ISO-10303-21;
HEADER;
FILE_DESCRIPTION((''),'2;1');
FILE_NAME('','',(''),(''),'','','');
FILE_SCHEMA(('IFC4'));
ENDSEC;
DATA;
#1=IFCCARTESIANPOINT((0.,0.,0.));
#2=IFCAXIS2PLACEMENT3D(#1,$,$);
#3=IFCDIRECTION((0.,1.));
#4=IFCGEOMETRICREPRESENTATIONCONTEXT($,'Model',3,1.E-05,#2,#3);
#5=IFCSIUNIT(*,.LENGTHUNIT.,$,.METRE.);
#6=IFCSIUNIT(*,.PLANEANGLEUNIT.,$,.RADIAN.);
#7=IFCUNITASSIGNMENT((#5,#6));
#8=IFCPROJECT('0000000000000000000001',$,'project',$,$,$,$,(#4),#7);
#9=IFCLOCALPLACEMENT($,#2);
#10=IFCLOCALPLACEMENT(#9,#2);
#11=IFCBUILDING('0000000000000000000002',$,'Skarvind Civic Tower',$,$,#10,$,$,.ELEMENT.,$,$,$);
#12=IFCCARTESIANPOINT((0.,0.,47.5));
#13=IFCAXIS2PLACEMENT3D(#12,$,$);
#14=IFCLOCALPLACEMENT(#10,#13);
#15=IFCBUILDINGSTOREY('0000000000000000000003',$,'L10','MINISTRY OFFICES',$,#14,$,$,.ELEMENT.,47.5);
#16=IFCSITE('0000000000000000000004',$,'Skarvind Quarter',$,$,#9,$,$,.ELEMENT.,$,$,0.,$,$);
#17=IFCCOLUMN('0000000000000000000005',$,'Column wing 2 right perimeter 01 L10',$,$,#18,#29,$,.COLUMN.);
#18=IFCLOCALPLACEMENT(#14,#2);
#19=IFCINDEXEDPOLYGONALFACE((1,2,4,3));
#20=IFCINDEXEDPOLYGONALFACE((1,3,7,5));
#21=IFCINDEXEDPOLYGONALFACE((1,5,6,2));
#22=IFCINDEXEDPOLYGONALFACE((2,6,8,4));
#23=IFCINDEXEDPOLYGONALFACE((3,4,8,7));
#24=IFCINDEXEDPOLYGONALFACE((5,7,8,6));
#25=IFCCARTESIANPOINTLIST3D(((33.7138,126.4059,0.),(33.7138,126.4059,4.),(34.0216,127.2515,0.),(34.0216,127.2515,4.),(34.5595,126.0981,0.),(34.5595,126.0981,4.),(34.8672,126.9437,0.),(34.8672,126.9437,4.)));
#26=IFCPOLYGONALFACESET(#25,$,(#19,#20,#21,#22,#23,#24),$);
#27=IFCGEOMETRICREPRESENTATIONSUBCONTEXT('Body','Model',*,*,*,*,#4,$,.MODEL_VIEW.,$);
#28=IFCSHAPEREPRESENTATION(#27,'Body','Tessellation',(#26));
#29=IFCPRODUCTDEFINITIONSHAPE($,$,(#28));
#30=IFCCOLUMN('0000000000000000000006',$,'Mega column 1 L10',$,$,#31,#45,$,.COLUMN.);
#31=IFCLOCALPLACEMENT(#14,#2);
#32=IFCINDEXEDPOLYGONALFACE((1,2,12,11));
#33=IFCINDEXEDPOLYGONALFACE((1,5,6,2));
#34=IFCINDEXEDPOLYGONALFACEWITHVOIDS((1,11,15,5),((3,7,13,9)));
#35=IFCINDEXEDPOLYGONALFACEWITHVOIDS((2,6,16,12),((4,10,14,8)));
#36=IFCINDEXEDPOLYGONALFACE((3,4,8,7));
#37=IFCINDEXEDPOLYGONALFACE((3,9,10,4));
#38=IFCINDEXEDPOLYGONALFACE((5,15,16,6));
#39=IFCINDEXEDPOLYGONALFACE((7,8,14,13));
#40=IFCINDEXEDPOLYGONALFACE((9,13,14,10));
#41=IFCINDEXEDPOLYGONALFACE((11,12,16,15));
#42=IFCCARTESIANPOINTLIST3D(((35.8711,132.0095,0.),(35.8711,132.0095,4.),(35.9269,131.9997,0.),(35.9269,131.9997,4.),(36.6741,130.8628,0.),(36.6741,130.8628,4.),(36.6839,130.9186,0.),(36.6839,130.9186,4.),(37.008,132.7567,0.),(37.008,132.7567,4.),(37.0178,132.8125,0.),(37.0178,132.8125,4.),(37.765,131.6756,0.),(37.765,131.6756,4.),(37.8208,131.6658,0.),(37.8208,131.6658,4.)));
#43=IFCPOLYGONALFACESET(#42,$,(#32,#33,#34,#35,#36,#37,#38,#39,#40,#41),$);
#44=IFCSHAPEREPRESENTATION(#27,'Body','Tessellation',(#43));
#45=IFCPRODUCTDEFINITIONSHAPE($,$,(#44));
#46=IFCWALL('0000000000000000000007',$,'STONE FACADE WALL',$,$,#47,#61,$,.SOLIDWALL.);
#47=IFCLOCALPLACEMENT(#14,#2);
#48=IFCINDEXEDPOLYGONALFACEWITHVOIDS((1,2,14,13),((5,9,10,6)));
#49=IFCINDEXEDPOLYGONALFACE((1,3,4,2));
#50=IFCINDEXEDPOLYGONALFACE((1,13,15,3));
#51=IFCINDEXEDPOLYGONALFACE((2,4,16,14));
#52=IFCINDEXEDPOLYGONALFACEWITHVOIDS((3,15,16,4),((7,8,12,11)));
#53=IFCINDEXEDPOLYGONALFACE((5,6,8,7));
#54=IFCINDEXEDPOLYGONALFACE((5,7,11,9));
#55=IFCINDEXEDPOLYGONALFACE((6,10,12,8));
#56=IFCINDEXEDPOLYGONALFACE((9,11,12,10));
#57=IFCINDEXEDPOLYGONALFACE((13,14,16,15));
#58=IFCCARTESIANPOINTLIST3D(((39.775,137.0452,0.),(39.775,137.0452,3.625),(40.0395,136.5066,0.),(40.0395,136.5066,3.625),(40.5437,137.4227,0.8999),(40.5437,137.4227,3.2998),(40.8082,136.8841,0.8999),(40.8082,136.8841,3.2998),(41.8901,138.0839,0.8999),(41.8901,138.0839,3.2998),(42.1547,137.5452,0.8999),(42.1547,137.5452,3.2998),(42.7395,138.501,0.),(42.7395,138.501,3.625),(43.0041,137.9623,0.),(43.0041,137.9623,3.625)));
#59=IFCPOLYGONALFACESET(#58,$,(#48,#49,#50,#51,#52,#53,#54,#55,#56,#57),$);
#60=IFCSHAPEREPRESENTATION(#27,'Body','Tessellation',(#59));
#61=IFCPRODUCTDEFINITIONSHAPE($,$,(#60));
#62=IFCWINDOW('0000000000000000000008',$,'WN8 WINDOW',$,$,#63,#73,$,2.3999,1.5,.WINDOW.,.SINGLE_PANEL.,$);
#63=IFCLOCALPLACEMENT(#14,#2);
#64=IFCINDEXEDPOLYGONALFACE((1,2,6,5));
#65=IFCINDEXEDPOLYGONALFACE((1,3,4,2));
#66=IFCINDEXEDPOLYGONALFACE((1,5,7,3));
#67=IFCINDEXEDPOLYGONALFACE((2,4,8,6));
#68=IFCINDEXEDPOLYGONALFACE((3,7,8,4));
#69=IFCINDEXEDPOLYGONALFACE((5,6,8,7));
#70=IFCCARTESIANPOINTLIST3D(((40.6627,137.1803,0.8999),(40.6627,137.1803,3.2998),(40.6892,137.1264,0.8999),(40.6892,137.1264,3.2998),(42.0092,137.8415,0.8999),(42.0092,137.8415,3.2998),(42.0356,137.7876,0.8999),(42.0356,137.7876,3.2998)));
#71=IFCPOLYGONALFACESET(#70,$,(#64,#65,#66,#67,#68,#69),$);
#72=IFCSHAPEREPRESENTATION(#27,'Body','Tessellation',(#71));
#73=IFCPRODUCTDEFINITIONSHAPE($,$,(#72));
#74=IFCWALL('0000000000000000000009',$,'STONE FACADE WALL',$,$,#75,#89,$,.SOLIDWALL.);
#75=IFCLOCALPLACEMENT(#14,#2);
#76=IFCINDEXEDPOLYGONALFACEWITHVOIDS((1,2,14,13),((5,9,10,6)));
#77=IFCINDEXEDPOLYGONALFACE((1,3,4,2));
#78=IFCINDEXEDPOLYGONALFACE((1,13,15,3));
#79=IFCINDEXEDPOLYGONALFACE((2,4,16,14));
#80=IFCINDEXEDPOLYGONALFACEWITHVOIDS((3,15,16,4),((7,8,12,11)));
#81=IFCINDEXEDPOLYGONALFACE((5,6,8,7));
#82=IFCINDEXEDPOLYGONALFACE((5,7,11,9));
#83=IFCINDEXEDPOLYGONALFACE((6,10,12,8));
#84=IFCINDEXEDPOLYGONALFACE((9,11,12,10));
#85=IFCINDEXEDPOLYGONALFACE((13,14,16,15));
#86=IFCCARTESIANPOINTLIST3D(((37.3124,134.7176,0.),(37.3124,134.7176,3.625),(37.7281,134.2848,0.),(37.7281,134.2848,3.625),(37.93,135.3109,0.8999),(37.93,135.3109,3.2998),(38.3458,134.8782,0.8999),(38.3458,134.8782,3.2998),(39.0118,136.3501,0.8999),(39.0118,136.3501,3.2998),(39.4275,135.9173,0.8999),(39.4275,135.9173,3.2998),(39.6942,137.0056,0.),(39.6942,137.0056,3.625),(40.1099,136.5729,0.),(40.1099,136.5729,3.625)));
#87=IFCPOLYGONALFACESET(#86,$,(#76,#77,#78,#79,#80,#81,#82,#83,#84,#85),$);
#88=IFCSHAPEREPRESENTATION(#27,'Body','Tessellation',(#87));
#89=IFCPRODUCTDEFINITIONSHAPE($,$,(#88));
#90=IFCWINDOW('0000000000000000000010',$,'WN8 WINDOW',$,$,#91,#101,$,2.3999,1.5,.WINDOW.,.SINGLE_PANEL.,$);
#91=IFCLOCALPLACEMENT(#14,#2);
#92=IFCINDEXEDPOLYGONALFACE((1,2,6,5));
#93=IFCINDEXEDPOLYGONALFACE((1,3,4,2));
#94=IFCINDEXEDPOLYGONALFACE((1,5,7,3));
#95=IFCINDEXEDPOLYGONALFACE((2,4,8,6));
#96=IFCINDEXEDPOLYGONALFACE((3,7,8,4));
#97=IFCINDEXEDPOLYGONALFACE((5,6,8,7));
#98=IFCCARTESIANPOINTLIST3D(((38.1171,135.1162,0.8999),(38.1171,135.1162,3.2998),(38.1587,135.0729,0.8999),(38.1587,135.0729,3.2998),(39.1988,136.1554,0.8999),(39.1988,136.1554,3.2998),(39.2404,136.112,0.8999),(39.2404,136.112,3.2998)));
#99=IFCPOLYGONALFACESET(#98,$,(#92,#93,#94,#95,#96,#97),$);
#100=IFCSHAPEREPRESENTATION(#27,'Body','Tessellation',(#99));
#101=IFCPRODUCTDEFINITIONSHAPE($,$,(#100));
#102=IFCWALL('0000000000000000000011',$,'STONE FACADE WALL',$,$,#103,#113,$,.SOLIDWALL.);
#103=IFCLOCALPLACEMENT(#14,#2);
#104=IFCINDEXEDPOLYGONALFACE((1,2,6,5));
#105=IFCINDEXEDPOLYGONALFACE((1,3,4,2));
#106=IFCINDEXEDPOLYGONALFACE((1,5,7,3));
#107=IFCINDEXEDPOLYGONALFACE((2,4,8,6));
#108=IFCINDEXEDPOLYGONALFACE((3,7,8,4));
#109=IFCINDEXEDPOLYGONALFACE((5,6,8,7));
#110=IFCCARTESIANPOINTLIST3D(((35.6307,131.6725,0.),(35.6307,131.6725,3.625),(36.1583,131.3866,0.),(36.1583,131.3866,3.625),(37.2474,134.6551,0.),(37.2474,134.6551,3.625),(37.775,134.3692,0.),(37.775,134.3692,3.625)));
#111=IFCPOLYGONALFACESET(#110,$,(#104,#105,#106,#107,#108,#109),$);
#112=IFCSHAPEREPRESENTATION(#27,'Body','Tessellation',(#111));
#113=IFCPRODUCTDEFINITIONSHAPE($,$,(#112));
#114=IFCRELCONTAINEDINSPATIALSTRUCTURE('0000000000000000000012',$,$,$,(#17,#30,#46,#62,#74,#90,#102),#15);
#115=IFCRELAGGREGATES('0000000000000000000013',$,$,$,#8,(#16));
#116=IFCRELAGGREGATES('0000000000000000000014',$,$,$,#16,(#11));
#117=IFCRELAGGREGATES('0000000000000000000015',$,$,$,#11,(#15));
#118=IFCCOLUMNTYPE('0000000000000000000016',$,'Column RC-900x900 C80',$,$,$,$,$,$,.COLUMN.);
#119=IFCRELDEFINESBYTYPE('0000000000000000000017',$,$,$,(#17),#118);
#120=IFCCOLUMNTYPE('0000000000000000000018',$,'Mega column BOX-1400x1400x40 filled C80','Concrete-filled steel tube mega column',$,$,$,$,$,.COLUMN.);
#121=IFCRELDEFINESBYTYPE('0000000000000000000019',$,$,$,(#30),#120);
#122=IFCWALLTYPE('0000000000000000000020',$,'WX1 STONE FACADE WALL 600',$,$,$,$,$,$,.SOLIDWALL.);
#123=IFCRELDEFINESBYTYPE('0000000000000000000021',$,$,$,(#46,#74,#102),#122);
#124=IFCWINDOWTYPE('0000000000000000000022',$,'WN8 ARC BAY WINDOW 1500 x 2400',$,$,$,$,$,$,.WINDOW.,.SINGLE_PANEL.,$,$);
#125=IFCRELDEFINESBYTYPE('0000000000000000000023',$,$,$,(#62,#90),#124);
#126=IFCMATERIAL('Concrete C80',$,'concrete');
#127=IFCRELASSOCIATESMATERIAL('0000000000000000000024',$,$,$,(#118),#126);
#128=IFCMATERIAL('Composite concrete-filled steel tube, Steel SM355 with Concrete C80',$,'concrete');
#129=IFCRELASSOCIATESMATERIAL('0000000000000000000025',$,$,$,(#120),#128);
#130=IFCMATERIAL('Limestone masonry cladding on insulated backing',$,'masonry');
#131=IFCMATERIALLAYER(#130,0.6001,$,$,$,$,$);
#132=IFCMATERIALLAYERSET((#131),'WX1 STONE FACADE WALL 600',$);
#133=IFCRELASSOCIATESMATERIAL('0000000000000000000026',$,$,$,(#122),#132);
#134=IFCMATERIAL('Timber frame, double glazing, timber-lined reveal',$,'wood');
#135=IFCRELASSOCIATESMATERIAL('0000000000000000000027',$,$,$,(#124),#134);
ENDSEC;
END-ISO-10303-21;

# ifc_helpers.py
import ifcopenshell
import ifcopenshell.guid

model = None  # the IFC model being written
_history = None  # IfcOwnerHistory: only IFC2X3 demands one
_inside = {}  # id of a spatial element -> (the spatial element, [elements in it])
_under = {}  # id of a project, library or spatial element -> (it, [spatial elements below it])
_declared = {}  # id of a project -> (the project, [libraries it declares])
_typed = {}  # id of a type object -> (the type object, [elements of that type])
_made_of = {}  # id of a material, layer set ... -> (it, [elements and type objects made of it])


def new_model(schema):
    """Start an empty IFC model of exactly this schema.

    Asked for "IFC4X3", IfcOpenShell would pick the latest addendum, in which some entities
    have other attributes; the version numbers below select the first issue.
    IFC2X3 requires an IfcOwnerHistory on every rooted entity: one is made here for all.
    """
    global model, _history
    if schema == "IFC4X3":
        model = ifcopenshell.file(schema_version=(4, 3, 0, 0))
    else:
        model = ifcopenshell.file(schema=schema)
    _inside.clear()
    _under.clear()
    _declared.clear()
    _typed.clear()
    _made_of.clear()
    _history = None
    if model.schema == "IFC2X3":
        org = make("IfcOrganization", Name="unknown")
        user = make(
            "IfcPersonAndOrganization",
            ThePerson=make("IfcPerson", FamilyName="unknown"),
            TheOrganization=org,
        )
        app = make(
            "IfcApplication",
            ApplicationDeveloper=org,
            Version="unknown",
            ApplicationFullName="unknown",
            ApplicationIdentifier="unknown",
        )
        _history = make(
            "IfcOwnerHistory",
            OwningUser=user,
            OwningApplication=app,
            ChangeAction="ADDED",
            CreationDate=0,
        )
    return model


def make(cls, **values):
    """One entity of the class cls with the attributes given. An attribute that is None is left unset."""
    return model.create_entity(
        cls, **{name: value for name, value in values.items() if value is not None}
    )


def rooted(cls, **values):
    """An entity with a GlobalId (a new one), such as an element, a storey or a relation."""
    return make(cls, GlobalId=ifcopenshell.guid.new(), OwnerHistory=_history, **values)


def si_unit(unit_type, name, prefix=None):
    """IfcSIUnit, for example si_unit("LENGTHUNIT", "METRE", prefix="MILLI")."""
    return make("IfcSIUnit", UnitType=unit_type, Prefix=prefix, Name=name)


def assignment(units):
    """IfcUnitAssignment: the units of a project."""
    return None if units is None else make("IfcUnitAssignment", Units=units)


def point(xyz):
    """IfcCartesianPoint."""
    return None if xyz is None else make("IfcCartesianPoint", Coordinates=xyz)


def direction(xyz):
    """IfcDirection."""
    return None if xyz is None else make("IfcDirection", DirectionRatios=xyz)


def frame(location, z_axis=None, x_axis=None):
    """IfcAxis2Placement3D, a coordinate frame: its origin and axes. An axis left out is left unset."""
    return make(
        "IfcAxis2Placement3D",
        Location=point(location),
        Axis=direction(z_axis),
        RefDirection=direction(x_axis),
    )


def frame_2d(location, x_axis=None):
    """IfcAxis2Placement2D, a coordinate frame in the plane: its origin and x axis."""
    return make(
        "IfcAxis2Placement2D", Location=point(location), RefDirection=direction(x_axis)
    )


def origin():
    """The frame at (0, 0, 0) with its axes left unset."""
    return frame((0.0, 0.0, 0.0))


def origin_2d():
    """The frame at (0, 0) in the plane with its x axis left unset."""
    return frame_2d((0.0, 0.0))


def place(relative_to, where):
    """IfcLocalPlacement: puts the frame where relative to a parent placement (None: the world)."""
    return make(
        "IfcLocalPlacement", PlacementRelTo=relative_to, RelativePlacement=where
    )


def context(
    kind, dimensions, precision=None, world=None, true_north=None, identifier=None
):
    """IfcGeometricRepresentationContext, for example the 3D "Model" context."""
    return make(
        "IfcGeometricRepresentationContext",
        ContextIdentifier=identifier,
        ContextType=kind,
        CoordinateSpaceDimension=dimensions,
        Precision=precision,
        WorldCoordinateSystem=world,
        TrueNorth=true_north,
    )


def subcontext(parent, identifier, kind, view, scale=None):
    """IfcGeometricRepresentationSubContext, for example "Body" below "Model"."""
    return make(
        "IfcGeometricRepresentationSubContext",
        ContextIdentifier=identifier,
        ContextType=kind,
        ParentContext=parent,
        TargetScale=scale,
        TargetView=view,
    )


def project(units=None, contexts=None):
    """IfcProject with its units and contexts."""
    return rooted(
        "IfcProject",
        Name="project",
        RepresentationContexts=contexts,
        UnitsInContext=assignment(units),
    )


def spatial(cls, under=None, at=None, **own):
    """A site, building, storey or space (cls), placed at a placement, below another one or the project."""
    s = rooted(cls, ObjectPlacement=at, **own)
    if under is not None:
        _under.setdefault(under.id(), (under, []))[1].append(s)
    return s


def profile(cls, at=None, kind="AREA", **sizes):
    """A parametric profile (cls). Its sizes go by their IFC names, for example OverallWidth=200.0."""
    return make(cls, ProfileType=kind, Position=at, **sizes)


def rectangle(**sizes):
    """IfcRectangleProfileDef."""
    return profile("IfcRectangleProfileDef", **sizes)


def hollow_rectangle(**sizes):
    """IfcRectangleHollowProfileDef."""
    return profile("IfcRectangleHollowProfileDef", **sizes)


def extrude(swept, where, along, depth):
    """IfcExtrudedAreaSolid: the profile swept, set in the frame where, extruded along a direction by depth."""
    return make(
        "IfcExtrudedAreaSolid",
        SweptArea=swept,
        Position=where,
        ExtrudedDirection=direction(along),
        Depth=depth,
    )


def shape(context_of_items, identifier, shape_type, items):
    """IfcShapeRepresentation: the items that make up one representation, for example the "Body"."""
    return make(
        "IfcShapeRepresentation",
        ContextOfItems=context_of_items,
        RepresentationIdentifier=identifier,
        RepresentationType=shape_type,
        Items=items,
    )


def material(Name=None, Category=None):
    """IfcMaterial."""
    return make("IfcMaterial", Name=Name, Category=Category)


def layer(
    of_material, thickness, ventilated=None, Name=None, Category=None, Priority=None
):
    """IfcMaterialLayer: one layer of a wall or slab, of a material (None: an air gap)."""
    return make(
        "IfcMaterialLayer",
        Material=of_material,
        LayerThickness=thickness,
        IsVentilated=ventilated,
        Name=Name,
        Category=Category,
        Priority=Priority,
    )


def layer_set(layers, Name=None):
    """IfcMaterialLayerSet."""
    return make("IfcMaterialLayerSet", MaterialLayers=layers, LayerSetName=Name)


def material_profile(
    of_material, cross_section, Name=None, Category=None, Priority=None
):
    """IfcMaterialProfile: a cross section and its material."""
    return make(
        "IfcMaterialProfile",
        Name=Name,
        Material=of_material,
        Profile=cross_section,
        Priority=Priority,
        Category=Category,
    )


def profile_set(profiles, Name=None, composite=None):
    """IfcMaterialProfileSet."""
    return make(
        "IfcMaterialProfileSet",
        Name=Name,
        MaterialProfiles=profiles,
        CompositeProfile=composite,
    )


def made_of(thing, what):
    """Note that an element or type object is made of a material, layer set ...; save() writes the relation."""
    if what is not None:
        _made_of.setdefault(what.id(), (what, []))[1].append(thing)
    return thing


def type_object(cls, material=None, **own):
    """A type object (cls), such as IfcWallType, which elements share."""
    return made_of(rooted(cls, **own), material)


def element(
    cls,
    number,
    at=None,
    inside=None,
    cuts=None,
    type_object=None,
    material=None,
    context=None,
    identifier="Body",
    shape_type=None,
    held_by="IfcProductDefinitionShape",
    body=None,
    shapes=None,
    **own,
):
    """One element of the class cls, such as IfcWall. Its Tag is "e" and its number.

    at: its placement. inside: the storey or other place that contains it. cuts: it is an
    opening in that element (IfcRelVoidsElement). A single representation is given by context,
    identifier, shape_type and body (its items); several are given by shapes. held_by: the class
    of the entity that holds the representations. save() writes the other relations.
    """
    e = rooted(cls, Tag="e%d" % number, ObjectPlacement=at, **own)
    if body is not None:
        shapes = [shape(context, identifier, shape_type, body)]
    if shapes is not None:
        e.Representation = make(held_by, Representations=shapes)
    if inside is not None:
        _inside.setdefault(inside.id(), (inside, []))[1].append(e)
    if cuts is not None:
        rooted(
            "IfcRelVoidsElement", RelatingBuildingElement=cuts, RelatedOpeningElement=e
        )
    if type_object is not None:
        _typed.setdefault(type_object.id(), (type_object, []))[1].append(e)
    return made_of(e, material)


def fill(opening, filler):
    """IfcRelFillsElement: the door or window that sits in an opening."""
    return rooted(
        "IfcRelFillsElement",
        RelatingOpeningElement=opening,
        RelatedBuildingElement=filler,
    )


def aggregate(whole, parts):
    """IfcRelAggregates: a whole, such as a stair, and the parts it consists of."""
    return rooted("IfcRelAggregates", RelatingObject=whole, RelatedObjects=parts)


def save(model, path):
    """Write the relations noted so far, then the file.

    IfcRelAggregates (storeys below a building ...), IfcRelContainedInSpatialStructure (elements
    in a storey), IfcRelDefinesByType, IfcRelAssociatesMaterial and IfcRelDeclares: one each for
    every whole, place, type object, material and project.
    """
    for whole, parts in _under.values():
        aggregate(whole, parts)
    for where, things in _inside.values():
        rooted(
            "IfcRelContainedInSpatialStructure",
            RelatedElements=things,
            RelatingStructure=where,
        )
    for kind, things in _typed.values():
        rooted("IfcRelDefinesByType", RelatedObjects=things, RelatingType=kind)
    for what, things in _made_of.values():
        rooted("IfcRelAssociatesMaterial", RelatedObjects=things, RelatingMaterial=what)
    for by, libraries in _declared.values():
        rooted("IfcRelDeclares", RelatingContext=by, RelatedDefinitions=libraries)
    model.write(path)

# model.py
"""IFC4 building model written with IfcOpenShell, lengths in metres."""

from ifc_helpers import new_model, si_unit, direction, frame, frame_2d, origin, origin_2d, place, context, subcontext, project, spatial, rectangle, hollow_rectangle, extrude, material, layer, layer_set, material_profile, profile_set, type_object, element, fill, save


model = new_model("IFC4")

# Units and contexts
model_context = context("Model", 3, precision=1e-05, world=origin(), true_north=direction((0.0, 1.0)))
body_context = subcontext(model_context, "Body", "Model", "MODEL_VIEW")
ifc_project = project(units=[si_unit("LENGTHUNIT", "METRE"), si_unit("PLANEANGLEUNIT", "RADIAN")], contexts=[model_context])

# Site, building, storey
site_placement = place(None, origin())
site = spatial("IfcSite", under=ifc_project, at=site_placement, Name="Skarvind Quarter", CompositionType="ELEMENT", RefElevation=0.0)
building_placement = place(site_placement, origin())
building = spatial("IfcBuilding", under=site, at=building_placement, Name="Skarvind Civic Tower", CompositionType="ELEMENT")
storey_placement = place(building_placement, frame((0.0, 0.0, 47.5)))
storey = spatial("IfcBuildingStorey", under=building, at=storey_placement, Name="L10", Description="MINISTRY OFFICES", CompositionType="ELEMENT", Elevation=47.5)

# Columns
ifc_material_1 = material(Name="Concrete C80", Category="concrete")
ifc_material_profile_1 = material_profile(ifc_material_1, rectangle(XDim=0.8999, YDim=0.8999, at=origin_2d()), Name="RC-900x900")
ifc_profile_set_1 = profile_set([ifc_material_profile_1], Name="Concrete C80")
column_type_1 = type_object("IfcColumnType", Name="Column RC-900x900 C80", PredefinedType="COLUMN", material=ifc_profile_set_1)
column_1_placement = place(storey_placement, frame((34.2905, 126.6748, 0.0), z_axis=(0.0, 0.0, 1.0), x_axis=(-0.34202, -0.939693, 0.0)))
element("IfcColumn", 1, at=column_1_placement, inside=storey, type_object=column_type_1, Name="Column wing 2 right perimeter 01 L10", PredefinedType="COLUMN", context=body_context, shape_type="SweptSolid", body=[
    extrude(rectangle(XDim=0.8999, YDim=0.8999, at=origin_2d()), origin(), (0.0, 0.0, 1.0), 4.0),
])
ifc_material_2 = material(Name="Composite concrete-filled steel tube, Steel SM355 with Concrete C80", Category="concrete")
ifc_material_profile_2 = material_profile(ifc_material_2, hollow_rectangle(XDim=1.3999, YDim=1.3999, WallThickness=0.04, at=origin_2d()), Name="BOX-1400x1400x40")
ifc_profile_set_2 = profile_set([ifc_material_profile_2], Name="Composite concrete-filled steel tube, Steel SM355 with Concrete C80")
column_type_2 = type_object("IfcColumnType", Name="Mega column BOX-1400x1400x40 filled C80", Description="Concrete-filled steel tube mega column", PredefinedType="COLUMN", material=ifc_profile_set_2)
column_2_placement = place(storey_placement, frame((36.8459, 131.8376, 0.0), z_axis=(0.0, 0.0, 1.0), x_axis=(0.573576, -0.819152, 0.0)))
element("IfcColumn", 2, at=column_2_placement, inside=storey, type_object=column_type_2, Name="Mega column 1 L10", PredefinedType="COLUMN", context=body_context, shape_type="SweptSolid", body=[
    extrude(hollow_rectangle(XDim=1.3999, YDim=1.3999, WallThickness=0.04, at=origin_2d()), origin(), (0.0, 0.0, 1.0), 4.0),
])

# Walls, openings, windows
ifc_material_3 = material(Name="Limestone masonry cladding on insulated backing", Category="masonry")
ifc_layer = layer(ifc_material_3, 0.6001)
ifc_layer_set = layer_set([ifc_layer], Name="WX1 STONE FACADE WALL 600")
wall_type = type_object("IfcWallType", Name="WX1 STONE FACADE WALL 600", PredefinedType="SOLIDWALL", material=ifc_layer_set)
wall_1_placement = place(storey_placement, frame((39.9072, 136.7759, 0.0), z_axis=(0.0, 0.0, 1.0), x_axis=(0.897612, 0.440786, 0.0)))
wall_1 = element("IfcWall", 3, at=wall_1_placement, inside=storey, type_object=wall_type, Name="STONE FACADE WALL", PredefinedType="SOLIDWALL", context=body_context, shape_type="SweptSolid", body=[
    extrude(rectangle(XDim=3.3027, YDim=0.6001, at=frame_2d((1.6514, 0.0))), origin(), (0.0, 0.0, 1.0), 3.625),
])
opening_1_placement = place(wall_1_placement, frame((0.8564, 0.0, 0.8999)))
opening_1 = element("IfcOpeningElement", 4, at=opening_1_placement, cuts=wall_1, PredefinedType="OPENING", context=body_context, shape_type="SweptSolid", body=[
    extrude(rectangle(XDim=1.5, YDim=2.3999, at=frame_2d((0.75, 1.2))), frame((0.0, 0.3101, 0.0), z_axis=(0.0, -1.0, 0.0), x_axis=(1.0, 0.0, 0.0)), (0.0, 0.0, 1.0), 0.6201),
])
ifc_material_4 = material(Name="Timber frame, double glazing, timber-lined reveal", Category="wood")
window_type = type_object("IfcWindowType", Name="WN8 ARC BAY WINDOW 1500 x 2400", PartitioningType="SINGLE_PANEL", PredefinedType="WINDOW", material=ifc_material_4)
window_1_placement = place(opening_1_placement, origin())
window_1 = element("IfcWindow", 5, at=window_1_placement, inside=storey, type_object=window_type, Name="WN8 WINDOW", OverallHeight=2.3999, OverallWidth=1.5, PartitioningType="SINGLE_PANEL", PredefinedType="WINDOW", context=body_context, shape_type="SweptSolid", body=[
    extrude(rectangle(XDim=1.5, YDim=2.3999, at=frame_2d((0.75, 1.2))), frame((0.0, 0.03, 0.0), z_axis=(0.0, -1.0, 0.0), x_axis=(1.0, 0.0, 0.0)), (0.0, 0.0, 1.0), 0.0601),
])
fill(opening_1, window_1)
wall_2_placement = place(storey_placement, frame((37.5203, 134.5012, 0.0), z_axis=(0.0, 0.0, 1.0), x_axis=(0.721157, 0.692772, 0.0)))
wall_2 = element("IfcWall", 6, at=wall_2_placement, inside=storey, type_object=wall_type, Name="STONE FACADE WALL", PredefinedType="SOLIDWALL", context=body_context, shape_type="SweptSolid", body=[
    extrude(rectangle(XDim=3.3027, YDim=0.6001, at=frame_2d((1.6514, 0.0))), origin(), (0.0, 0.0, 1.0), 3.625),
])
opening_2_placement = place(wall_2_placement, frame((0.8564, 0.0, 0.8999)))
opening_2 = element("IfcOpeningElement", 7, at=opening_2_placement, cuts=wall_2, PredefinedType="OPENING", context=body_context, shape_type="SweptSolid", body=[
    extrude(rectangle(XDim=1.5, YDim=2.3999, at=frame_2d((0.75, 1.2))), frame((0.0, 0.3101, 0.0), z_axis=(0.0, -1.0, 0.0), x_axis=(1.0, 0.0, 0.0)), (0.0, 0.0, 1.0), 0.6201),
])
window_2_placement = place(opening_2_placement, origin())
window_2 = element("IfcWindow", 8, at=window_2_placement, inside=storey, type_object=window_type, Name="WN8 WINDOW", OverallHeight=2.3999, OverallWidth=1.5, PartitioningType="SINGLE_PANEL", PredefinedType="WINDOW", context=body_context, shape_type="SweptSolid", body=[
    extrude(rectangle(XDim=1.5, YDim=2.3999, at=frame_2d((0.75, 1.2))), frame((0.0, 0.03, 0.0), z_axis=(0.0, -1.0, 0.0), x_axis=(1.0, 0.0, 0.0)), (0.0, 0.0, 1.0), 0.0601),
])
fill(opening_2, window_2)

# Wall
wall_3_placement = place(storey_placement, frame((35.8945, 131.5295, 0.0), z_axis=(0.0, 0.0, 1.0), x_axis=(0.476531, 0.879158, 0.0)))
element("IfcWall", 9, at=wall_3_placement, inside=storey, type_object=wall_type, Name="STONE FACADE WALL", PredefinedType="SOLIDWALL", context=body_context, shape_type="SweptSolid", body=[
    extrude(rectangle(XDim=3.3926, YDim=0.6001, at=frame_2d((1.6963, 0.0))), origin(), (0.0, 0.0, 1.0), 3.625),
])

save(model, "model.ifc")
